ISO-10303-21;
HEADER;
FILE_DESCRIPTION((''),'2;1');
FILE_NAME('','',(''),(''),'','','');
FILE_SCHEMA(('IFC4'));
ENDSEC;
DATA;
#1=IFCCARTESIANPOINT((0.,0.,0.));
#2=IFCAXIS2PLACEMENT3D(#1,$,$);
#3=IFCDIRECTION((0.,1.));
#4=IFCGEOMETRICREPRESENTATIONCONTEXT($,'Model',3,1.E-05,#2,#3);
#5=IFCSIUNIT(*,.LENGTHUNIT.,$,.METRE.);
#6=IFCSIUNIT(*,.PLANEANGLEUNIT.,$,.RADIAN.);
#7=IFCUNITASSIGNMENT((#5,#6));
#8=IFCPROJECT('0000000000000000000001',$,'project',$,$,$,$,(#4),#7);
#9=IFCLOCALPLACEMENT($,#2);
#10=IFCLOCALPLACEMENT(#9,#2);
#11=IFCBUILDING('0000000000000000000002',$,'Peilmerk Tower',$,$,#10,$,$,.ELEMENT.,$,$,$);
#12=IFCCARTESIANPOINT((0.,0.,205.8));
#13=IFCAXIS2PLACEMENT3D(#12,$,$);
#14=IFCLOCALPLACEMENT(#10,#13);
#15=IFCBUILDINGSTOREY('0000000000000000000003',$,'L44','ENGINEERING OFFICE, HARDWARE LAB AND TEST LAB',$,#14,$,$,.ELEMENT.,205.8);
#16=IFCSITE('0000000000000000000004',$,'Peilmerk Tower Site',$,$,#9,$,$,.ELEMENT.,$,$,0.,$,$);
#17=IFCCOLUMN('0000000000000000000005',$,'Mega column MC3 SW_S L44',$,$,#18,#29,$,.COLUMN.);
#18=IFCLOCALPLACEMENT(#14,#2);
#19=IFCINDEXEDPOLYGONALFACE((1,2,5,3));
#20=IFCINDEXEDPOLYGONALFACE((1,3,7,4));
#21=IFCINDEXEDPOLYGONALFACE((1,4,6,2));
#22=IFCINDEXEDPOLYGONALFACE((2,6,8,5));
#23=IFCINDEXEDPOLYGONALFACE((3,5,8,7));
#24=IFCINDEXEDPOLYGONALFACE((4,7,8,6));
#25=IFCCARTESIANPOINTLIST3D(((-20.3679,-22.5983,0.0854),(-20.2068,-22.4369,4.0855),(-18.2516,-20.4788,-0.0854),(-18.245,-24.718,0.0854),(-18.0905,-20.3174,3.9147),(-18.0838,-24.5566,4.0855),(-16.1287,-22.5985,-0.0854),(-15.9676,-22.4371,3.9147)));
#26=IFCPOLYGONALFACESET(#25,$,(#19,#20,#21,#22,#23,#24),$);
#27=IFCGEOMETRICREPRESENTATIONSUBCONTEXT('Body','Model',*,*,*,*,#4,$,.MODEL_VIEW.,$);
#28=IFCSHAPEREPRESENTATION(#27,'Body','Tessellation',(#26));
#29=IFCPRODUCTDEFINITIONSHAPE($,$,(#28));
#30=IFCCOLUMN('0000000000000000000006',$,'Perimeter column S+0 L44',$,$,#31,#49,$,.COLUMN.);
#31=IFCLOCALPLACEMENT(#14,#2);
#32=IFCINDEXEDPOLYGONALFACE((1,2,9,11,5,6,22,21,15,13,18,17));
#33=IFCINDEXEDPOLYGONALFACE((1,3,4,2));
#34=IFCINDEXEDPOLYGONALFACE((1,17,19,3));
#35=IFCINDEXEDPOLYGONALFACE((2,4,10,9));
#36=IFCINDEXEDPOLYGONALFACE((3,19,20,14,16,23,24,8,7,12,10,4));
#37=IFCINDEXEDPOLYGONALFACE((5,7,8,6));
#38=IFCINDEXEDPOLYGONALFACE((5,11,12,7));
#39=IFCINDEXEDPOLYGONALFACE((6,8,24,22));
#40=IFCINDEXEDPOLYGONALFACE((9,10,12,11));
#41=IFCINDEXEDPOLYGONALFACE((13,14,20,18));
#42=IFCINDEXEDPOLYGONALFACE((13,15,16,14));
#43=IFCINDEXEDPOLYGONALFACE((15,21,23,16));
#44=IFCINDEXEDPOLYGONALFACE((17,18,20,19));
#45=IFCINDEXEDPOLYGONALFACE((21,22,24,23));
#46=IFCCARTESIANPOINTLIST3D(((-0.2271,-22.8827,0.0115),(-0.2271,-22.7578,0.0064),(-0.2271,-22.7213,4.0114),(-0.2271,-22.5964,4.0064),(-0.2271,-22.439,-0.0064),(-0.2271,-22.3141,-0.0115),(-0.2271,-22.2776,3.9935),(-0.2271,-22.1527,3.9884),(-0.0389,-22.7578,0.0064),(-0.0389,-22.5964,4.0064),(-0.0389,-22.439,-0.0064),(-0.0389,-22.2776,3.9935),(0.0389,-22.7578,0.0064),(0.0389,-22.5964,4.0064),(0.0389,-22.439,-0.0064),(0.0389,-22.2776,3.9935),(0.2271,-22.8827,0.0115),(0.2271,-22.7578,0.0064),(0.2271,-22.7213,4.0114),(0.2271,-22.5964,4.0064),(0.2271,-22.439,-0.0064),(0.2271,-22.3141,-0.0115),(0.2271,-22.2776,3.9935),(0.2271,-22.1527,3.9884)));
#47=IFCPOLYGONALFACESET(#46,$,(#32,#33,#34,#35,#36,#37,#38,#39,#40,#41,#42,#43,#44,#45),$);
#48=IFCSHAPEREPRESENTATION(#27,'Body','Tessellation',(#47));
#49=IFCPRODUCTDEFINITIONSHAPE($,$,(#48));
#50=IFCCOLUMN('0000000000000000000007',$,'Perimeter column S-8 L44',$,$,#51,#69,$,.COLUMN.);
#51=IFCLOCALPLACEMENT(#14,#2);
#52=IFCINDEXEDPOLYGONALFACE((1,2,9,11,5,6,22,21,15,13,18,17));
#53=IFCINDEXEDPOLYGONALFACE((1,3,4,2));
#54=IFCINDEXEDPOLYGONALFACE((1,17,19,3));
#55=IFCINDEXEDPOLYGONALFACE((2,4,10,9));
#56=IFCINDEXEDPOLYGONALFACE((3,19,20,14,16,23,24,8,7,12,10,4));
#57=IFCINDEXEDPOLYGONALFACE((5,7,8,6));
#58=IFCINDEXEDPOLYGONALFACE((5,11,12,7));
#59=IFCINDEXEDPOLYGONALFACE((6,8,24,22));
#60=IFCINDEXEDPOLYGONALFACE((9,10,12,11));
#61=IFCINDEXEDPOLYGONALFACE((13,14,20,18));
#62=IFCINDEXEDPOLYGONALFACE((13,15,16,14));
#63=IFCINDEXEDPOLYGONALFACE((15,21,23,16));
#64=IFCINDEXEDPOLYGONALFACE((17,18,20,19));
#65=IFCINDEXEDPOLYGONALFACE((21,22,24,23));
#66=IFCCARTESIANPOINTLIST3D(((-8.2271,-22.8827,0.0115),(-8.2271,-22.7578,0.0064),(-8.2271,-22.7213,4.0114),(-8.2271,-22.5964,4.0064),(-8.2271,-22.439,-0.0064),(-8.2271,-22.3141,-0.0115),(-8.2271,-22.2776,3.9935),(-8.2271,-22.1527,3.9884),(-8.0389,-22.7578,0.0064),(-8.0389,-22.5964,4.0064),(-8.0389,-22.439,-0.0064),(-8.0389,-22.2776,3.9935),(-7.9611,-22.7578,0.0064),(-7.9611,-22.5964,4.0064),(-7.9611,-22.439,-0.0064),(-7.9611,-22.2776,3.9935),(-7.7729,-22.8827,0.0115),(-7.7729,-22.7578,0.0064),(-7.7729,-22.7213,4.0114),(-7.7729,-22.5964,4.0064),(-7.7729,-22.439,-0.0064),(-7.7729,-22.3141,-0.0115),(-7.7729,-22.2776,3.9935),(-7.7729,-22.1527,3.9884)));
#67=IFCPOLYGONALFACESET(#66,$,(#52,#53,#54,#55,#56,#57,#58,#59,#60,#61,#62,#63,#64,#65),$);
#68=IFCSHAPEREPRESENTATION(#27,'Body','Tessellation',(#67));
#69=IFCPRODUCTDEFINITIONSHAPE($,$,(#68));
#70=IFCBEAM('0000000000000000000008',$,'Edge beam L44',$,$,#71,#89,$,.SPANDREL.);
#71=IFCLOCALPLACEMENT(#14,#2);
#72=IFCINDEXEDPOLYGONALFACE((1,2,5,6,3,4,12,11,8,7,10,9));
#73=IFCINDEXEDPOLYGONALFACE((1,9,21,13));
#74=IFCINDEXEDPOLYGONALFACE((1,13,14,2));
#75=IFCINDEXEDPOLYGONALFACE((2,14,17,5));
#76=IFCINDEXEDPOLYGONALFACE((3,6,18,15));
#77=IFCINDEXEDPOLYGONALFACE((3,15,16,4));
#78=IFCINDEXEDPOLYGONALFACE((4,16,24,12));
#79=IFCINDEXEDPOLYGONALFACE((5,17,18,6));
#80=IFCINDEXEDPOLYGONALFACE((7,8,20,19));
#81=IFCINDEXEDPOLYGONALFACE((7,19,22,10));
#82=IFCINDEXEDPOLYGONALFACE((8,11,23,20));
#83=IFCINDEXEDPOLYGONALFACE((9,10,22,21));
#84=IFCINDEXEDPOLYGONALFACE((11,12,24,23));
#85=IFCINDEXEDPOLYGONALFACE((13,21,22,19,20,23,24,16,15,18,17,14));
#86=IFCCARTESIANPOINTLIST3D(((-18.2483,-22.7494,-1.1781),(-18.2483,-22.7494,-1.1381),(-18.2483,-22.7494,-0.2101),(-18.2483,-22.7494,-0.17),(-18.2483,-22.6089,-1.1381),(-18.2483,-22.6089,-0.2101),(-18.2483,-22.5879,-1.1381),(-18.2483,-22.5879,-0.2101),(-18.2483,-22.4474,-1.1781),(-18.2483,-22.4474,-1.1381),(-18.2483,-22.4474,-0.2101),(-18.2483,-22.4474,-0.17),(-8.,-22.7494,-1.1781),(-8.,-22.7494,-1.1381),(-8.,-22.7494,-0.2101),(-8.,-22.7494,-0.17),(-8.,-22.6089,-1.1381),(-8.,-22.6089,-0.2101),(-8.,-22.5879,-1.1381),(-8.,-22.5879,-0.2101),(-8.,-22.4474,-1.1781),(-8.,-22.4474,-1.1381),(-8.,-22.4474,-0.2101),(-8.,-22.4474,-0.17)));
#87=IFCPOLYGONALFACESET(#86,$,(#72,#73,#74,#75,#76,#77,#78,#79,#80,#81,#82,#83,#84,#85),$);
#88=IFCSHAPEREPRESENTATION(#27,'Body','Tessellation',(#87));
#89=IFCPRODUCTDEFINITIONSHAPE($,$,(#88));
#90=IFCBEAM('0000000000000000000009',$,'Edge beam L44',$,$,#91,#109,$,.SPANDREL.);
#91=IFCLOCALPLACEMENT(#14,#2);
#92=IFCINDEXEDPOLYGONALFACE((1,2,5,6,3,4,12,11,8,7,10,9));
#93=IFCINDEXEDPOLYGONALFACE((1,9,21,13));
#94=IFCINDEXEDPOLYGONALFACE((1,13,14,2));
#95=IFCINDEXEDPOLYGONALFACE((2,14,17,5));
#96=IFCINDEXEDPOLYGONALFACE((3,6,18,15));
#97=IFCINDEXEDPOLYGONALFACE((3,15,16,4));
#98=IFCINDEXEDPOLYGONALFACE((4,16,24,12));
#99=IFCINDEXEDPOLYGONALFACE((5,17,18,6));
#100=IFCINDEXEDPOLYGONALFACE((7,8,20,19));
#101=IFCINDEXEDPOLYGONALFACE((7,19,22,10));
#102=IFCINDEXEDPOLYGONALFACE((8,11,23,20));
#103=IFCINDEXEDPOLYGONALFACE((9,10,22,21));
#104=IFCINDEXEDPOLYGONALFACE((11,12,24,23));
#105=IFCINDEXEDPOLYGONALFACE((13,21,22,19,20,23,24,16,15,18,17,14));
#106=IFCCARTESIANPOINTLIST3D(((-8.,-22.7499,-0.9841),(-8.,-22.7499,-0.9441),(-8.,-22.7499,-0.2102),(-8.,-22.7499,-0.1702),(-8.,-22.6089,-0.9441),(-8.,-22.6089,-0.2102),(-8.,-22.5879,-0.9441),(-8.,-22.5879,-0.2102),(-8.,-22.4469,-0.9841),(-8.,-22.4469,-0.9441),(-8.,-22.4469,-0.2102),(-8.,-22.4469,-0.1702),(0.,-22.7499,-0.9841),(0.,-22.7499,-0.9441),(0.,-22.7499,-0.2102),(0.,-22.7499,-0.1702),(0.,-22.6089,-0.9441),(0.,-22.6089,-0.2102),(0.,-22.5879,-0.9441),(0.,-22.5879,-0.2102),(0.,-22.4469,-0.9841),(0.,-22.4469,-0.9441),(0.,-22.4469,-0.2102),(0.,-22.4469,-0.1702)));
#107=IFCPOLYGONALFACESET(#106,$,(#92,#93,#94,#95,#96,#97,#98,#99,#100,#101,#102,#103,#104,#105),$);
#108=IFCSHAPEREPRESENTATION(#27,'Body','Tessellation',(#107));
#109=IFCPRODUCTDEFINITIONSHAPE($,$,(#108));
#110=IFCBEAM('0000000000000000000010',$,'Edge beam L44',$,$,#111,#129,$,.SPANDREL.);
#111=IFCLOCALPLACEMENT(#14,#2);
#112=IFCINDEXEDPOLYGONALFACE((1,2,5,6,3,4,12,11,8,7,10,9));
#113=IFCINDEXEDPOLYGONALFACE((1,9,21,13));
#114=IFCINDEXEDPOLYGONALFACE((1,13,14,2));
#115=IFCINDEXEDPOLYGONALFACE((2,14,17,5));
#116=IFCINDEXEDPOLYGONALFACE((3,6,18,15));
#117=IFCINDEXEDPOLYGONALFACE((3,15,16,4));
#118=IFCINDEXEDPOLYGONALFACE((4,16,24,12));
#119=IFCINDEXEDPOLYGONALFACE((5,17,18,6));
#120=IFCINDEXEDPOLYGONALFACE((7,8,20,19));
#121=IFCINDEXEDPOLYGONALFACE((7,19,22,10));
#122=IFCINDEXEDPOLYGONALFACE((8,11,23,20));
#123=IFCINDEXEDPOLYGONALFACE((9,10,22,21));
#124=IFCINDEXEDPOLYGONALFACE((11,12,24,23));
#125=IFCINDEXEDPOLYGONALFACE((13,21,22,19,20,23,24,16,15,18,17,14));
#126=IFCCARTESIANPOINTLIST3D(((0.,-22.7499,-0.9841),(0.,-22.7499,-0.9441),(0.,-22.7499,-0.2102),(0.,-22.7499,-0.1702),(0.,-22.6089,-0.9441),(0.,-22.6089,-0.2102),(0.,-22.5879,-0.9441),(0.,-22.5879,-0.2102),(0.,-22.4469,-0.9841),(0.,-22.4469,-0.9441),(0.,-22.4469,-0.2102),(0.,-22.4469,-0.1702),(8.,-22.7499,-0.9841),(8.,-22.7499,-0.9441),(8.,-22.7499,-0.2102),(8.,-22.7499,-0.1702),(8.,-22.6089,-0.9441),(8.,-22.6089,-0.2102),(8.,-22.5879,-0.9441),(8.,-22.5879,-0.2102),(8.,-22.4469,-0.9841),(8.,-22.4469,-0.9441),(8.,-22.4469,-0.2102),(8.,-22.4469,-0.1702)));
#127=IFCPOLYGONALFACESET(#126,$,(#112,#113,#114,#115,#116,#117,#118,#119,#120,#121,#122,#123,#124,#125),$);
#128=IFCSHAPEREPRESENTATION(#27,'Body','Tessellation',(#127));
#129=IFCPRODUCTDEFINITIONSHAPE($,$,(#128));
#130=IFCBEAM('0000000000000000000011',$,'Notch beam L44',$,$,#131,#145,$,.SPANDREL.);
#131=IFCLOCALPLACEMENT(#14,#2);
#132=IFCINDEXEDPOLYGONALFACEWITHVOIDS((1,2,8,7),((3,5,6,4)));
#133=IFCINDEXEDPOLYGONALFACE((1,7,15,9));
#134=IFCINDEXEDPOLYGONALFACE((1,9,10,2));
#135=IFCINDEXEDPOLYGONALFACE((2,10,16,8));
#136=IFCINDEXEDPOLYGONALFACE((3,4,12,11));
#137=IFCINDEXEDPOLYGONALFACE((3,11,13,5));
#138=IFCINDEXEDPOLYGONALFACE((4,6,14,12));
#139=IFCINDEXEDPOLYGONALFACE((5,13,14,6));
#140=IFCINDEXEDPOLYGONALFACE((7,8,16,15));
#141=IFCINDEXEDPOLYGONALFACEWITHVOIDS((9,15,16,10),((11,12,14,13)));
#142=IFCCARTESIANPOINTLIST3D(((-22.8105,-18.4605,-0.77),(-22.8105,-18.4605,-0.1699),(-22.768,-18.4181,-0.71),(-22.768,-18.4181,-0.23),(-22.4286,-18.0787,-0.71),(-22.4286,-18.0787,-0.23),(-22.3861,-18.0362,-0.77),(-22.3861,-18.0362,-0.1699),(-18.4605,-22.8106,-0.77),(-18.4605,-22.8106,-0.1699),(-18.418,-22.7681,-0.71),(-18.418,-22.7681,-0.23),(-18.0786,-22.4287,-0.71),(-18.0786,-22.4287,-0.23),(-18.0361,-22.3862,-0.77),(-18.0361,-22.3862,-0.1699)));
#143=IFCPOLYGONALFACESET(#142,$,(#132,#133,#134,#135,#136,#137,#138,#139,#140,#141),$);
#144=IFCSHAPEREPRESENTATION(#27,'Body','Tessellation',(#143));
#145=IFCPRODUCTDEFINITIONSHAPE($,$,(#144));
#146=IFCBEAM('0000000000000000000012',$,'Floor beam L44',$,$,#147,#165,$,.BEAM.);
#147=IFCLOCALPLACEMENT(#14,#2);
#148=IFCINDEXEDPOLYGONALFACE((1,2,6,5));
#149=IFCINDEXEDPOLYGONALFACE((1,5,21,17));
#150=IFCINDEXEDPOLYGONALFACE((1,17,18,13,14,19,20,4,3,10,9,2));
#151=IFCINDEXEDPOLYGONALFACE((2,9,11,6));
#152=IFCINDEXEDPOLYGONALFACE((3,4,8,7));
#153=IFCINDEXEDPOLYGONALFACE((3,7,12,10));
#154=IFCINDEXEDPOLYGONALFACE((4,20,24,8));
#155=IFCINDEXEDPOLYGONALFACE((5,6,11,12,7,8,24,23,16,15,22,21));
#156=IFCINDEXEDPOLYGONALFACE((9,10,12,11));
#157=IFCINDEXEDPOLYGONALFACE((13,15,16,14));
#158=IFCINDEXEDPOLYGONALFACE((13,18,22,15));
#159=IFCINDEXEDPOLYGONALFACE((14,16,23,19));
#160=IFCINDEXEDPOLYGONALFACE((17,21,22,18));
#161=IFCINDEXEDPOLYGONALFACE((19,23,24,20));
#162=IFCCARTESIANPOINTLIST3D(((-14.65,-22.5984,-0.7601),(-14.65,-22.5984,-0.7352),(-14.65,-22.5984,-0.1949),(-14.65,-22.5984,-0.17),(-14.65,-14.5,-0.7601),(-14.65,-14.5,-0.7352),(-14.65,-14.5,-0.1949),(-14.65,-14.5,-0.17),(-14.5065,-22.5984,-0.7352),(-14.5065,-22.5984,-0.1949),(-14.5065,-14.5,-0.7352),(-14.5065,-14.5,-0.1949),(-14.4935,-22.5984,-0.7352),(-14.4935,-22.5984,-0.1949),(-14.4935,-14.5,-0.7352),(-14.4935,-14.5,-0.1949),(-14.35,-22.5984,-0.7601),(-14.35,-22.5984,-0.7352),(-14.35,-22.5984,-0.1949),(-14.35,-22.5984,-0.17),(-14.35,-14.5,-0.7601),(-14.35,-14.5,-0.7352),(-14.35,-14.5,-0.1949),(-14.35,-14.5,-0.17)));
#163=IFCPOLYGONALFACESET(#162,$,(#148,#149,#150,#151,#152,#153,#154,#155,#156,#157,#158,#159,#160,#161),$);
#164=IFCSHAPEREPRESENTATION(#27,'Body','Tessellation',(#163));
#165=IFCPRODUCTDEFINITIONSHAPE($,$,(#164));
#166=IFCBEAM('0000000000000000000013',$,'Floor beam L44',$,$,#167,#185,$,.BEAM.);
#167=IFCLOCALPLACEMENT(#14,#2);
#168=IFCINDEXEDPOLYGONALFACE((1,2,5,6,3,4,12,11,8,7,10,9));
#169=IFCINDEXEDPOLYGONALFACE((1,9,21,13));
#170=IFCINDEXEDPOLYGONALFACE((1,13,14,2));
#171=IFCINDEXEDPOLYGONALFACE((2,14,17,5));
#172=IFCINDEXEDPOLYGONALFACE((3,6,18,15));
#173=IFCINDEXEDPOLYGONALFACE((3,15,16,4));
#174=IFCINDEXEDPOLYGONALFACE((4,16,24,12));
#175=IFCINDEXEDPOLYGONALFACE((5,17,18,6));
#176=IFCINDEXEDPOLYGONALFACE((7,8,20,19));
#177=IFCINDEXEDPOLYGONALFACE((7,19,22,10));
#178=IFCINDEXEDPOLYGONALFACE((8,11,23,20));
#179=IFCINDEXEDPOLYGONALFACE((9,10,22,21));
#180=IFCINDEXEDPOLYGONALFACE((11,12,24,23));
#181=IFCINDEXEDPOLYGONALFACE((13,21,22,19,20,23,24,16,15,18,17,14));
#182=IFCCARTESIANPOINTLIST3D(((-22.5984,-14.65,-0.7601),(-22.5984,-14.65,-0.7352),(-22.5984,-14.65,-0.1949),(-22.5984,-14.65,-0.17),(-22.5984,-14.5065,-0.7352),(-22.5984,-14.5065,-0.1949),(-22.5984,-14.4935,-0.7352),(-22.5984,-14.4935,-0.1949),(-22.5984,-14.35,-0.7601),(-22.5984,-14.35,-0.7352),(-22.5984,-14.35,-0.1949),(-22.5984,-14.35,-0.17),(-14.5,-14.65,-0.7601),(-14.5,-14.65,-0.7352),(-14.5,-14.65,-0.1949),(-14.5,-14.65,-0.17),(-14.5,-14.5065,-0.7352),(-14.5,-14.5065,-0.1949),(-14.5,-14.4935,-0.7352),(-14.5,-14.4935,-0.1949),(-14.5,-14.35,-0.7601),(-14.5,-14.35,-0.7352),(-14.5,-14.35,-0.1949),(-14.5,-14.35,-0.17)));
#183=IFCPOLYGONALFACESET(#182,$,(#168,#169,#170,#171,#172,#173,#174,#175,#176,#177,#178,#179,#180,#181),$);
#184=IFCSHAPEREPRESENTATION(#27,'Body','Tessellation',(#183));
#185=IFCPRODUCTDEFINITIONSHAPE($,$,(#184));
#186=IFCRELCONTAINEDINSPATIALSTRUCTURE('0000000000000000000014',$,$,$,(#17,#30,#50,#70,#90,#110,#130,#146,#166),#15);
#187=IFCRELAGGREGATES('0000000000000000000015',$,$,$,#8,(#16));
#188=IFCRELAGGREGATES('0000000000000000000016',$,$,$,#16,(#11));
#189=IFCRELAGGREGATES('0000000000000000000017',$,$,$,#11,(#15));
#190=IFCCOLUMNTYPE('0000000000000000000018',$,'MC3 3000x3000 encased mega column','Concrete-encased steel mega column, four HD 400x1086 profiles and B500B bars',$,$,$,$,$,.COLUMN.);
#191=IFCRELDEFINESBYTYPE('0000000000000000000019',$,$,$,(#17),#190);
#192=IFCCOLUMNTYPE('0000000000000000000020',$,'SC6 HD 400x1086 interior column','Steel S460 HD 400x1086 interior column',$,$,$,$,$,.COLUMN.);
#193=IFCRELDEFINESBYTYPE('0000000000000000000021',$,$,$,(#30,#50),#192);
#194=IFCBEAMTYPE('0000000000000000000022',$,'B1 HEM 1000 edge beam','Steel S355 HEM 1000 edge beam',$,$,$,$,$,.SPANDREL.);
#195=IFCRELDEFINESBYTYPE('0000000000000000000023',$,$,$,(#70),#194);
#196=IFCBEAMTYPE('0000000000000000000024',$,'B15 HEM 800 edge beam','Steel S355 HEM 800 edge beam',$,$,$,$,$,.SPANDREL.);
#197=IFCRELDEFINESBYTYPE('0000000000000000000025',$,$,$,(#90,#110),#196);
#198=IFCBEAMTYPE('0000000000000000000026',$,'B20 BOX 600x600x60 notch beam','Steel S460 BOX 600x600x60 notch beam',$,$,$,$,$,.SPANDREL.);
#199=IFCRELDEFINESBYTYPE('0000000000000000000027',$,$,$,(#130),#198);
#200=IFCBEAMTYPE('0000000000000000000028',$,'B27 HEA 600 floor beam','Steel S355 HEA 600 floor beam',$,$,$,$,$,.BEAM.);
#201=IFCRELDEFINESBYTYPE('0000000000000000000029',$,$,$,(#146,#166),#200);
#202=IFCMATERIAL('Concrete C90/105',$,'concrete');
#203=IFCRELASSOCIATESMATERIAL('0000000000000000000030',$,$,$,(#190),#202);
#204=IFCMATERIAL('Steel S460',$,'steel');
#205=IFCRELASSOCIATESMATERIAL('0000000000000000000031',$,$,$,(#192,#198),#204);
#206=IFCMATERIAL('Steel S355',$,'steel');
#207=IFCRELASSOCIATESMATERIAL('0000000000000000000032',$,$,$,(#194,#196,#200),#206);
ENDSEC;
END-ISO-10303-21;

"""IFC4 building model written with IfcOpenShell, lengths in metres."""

from ifc_helpers import new_model, si_unit, direction, frame, origin, origin_2d, place, context, subcontext, project, spatial, rectangle, hollow_rectangle, i_section, extrude, material, material_profile, profile_set, type_object, element, save


model = new_model("IFC4")

# Units and contexts
model_context = context("Model", 3, precision=1e-05, world=origin(), true_north=direction((0.0, 1.0)))
body_context = subcontext(model_context, "Body", "Model", "MODEL_VIEW")
ifc_project = project(units=[si_unit("LENGTHUNIT", "METRE"), si_unit("PLANEANGLEUNIT", "RADIAN")], contexts=[model_context])

# Site, building, storey
site_placement = place(None, origin())
site = spatial("IfcSite", under=ifc_project, at=site_placement, Name="Peilmerk Tower Site", CompositionType="ELEMENT", RefElevation=0.0)
building_placement = place(site_placement, origin())
building = spatial("IfcBuilding", under=site, at=building_placement, Name="Peilmerk Tower", CompositionType="ELEMENT")
storey_placement = place(building_placement, frame((0.0, 0.0, 205.8)))
storey = spatial("IfcBuildingStorey", under=building, at=storey_placement, Name="L44", Description="ENGINEERING OFFICE, HARDWARE LAB AND TEST LAB", CompositionType="ELEMENT", Elevation=205.8)

# Columns
ifc_material_1 = material(Name="Concrete C90/105", Category="concrete")
ifc_material_profile_1 = material_profile(ifc_material_1, rectangle(XDim=3.0, YDim=3.0, at=origin_2d()), Name="RC 3000x3000")
ifc_profile_set_1 = profile_set([ifc_material_profile_1], Name="Concrete C90/105")
column_type_1 = type_object("IfcColumnType", Name="MC3 3000x3000 encased mega column", Description="Concrete-encased steel mega column, four HD 400x1086 profiles and B500B bars", PredefinedType="COLUMN", material=ifc_profile_set_1)
column_placement = place(storey_placement, frame((-18.2483, -22.5984, 0.0), z_axis=(0.040218, 0.040279, 0.998379), x_axis=(-0.707642, 0.706571, 0.0)))
element("IfcColumn", 1, at=column_placement, inside=storey, type_object=column_type_1, Name="Mega column MC3 SW_S L44", PredefinedType="COLUMN", context=body_context, shape_type="SweptSolid", body=[
    extrude(rectangle(XDim=3.0, YDim=3.0, at=origin_2d()), origin(), (0.0, 0.0, 1.0), 4.0066),
])
ifc_material_2 = material(Name="Steel S460", Category="steel")
ifc_material_profile_2 = material_profile(ifc_material_2, i_section(OverallWidth=0.4541, OverallDepth=0.5691, WebThickness=0.0779, FlangeThickness=0.125, at=origin_2d()), Name="HD 400x1086")
ifc_profile_set_2 = profile_set([ifc_material_profile_2], Name="Steel S460")
column_type_2 = type_object("IfcColumnType", Name="SC6 HD 400x1086 interior column", Description="Steel S460 HD 400x1086 interior column", PredefinedType="COLUMN", material=ifc_profile_set_2)
for number, where, z_axis, x_axis, name in (
    (2, (0.0, -22.5984, 0.0), (0.0, 0.040311, 0.999187), (-1.0, 0.0, 0.0), "Perimeter column S+0 L44"),
    (3, (-8.0, -22.5984, 0.0), (0.0, 0.040311, 0.999187), (-1.0, 0.0, 0.0), "Perimeter column S-8 L44"),
):
    element("IfcColumn", number, at=place(storey_placement, frame(where, z_axis=z_axis, x_axis=x_axis)), inside=storey, type_object=column_type_2, Name=name, PredefinedType="COLUMN", context=body_context, shape_type="SweptSolid", body=[
        extrude(i_section(OverallWidth=0.4541, OverallDepth=0.5691, WebThickness=0.0779, FlangeThickness=0.125, at=origin_2d()), origin(), (0.0, 0.0, 1.0), 4.0032),
    ])

# Beams
ifc_material_3 = material(Name="Steel S355", Category="steel")
ifc_material_profile_3 = material_profile(ifc_material_3, i_section(OverallWidth=0.302, OverallDepth=1.0081, WebThickness=0.021, FlangeThickness=0.04, at=origin_2d()), Name="HEM 1000")
ifc_profile_set_3 = profile_set([ifc_material_profile_3], Name="Steel S355")
beam_type_1 = type_object("IfcBeamType", Name="B1 HEM 1000 edge beam", Description="Steel S355 HEM 1000 edge beam", PredefinedType="SPANDREL", material=ifc_profile_set_3)
beam_1_placement = place(storey_placement, frame((-18.2483, -22.5984, -0.6741), z_axis=(1.0, 0.0, 0.0), x_axis=(0.0, 1.0, 0.0)))
element("IfcBeam", 4, at=beam_1_placement, inside=storey, type_object=beam_type_1, Name="Edge beam L44", PredefinedType="SPANDREL", context=body_context, shape_type="SweptSolid", body=[
    extrude(i_section(OverallWidth=0.302, OverallDepth=1.0081, WebThickness=0.021, FlangeThickness=0.04, at=origin_2d()), origin(), (0.0, 0.0, 1.0), 10.2483),
])
ifc_material_profile_4 = material_profile(ifc_material_3, i_section(OverallWidth=0.303, OverallDepth=0.814, WebThickness=0.021, FlangeThickness=0.04, at=origin_2d()), Name="HEM 800")
ifc_profile_set_4 = profile_set([ifc_material_profile_4], Name="Steel S355")
beam_type_2 = type_object("IfcBeamType", Name="B15 HEM 800 edge beam", Description="Steel S355 HEM 800 edge beam", PredefinedType="SPANDREL", material=ifc_profile_set_4)
for number, where, z_axis, x_axis, name in (
    (5, (-8.0, -22.5984, -0.5771), (1.0, 0.0, 0.0), (0.0, 1.0, 0.0), "Edge beam L44"),
    (6, (0.0, -22.5984, -0.5771), (1.0, 0.0, 0.0), (0.0, 1.0, 0.0), "Edge beam L44"),
):
    element("IfcBeam", number, at=place(storey_placement, frame(where, z_axis=z_axis, x_axis=x_axis)), inside=storey, type_object=beam_type_2, Name=name, PredefinedType="SPANDREL", context=body_context, shape_type="SweptSolid", body=[
        extrude(i_section(OverallWidth=0.303, OverallDepth=0.814, WebThickness=0.021, FlangeThickness=0.04, at=origin_2d()), origin(), (0.0, 0.0, 1.0), 8.0),
    ])
ifc_material_profile_5 = material_profile(ifc_material_2, hollow_rectangle(XDim=0.6001, YDim=0.6001, WallThickness=0.0601, at=origin_2d()), Name="BOX 600x600x60")
ifc_profile_set_5 = profile_set([ifc_material_profile_5], Name="Steel S460")
beam_type_3 = type_object("IfcBeamType", Name="B20 BOX 600x600x60 notch beam", Description="Steel S460 BOX 600x600x60 notch beam", PredefinedType="SPANDREL", material=ifc_profile_set_5)
beam_2_placement = place(storey_placement, frame((-18.2483, -22.5984, -0.47), z_axis=(-0.707107, 0.707107, 0.0), x_axis=(-0.707107, -0.707107, 0.0)))
element("IfcBeam", 7, at=beam_2_placement, inside=storey, type_object=beam_type_3, Name="Notch beam L44", PredefinedType="SPANDREL", context=body_context, shape_type="SweptSolid", body=[
    extrude(hollow_rectangle(XDim=0.6001, YDim=0.6001, WallThickness=0.0601, at=origin_2d()), origin(), (0.0, 0.0, 1.0), 6.1519),
])
ifc_material_profile_6 = material_profile(ifc_material_3, i_section(OverallWidth=0.3, OverallDepth=0.5901, WebThickness=0.0129, FlangeThickness=0.0249, at=origin_2d()), Name="HEA 600")
ifc_profile_set_6 = profile_set([ifc_material_profile_6], Name="Steel S355")
beam_type_4 = type_object("IfcBeamType", Name="B27 HEA 600 floor beam", Description="Steel S355 HEA 600 floor beam", PredefinedType="BEAM", material=ifc_profile_set_6)
for number, where, z_axis, x_axis, name in (
    (8, (-14.5, -14.5, -0.4651), (0.0, -1.0, 0.0), (1.0, 0.0, 0.0), "Floor beam L44"),
    (9, (-14.5, -14.5, -0.4651), (-1.0, 0.0, 0.0), (0.0, -1.0, 0.0), "Floor beam L44"),
):
    element("IfcBeam", number, at=place(storey_placement, frame(where, z_axis=z_axis, x_axis=x_axis)), inside=storey, type_object=beam_type_4, Name=name, PredefinedType="BEAM", context=body_context, shape_type="SweptSolid", body=[
        extrude(i_section(OverallWidth=0.3, OverallDepth=0.5901, WebThickness=0.0129, FlangeThickness=0.0249, at=origin_2d()), origin(), (0.0, 0.0, 1.0), 8.0984),
    ])

save(model, "model.ifc")
